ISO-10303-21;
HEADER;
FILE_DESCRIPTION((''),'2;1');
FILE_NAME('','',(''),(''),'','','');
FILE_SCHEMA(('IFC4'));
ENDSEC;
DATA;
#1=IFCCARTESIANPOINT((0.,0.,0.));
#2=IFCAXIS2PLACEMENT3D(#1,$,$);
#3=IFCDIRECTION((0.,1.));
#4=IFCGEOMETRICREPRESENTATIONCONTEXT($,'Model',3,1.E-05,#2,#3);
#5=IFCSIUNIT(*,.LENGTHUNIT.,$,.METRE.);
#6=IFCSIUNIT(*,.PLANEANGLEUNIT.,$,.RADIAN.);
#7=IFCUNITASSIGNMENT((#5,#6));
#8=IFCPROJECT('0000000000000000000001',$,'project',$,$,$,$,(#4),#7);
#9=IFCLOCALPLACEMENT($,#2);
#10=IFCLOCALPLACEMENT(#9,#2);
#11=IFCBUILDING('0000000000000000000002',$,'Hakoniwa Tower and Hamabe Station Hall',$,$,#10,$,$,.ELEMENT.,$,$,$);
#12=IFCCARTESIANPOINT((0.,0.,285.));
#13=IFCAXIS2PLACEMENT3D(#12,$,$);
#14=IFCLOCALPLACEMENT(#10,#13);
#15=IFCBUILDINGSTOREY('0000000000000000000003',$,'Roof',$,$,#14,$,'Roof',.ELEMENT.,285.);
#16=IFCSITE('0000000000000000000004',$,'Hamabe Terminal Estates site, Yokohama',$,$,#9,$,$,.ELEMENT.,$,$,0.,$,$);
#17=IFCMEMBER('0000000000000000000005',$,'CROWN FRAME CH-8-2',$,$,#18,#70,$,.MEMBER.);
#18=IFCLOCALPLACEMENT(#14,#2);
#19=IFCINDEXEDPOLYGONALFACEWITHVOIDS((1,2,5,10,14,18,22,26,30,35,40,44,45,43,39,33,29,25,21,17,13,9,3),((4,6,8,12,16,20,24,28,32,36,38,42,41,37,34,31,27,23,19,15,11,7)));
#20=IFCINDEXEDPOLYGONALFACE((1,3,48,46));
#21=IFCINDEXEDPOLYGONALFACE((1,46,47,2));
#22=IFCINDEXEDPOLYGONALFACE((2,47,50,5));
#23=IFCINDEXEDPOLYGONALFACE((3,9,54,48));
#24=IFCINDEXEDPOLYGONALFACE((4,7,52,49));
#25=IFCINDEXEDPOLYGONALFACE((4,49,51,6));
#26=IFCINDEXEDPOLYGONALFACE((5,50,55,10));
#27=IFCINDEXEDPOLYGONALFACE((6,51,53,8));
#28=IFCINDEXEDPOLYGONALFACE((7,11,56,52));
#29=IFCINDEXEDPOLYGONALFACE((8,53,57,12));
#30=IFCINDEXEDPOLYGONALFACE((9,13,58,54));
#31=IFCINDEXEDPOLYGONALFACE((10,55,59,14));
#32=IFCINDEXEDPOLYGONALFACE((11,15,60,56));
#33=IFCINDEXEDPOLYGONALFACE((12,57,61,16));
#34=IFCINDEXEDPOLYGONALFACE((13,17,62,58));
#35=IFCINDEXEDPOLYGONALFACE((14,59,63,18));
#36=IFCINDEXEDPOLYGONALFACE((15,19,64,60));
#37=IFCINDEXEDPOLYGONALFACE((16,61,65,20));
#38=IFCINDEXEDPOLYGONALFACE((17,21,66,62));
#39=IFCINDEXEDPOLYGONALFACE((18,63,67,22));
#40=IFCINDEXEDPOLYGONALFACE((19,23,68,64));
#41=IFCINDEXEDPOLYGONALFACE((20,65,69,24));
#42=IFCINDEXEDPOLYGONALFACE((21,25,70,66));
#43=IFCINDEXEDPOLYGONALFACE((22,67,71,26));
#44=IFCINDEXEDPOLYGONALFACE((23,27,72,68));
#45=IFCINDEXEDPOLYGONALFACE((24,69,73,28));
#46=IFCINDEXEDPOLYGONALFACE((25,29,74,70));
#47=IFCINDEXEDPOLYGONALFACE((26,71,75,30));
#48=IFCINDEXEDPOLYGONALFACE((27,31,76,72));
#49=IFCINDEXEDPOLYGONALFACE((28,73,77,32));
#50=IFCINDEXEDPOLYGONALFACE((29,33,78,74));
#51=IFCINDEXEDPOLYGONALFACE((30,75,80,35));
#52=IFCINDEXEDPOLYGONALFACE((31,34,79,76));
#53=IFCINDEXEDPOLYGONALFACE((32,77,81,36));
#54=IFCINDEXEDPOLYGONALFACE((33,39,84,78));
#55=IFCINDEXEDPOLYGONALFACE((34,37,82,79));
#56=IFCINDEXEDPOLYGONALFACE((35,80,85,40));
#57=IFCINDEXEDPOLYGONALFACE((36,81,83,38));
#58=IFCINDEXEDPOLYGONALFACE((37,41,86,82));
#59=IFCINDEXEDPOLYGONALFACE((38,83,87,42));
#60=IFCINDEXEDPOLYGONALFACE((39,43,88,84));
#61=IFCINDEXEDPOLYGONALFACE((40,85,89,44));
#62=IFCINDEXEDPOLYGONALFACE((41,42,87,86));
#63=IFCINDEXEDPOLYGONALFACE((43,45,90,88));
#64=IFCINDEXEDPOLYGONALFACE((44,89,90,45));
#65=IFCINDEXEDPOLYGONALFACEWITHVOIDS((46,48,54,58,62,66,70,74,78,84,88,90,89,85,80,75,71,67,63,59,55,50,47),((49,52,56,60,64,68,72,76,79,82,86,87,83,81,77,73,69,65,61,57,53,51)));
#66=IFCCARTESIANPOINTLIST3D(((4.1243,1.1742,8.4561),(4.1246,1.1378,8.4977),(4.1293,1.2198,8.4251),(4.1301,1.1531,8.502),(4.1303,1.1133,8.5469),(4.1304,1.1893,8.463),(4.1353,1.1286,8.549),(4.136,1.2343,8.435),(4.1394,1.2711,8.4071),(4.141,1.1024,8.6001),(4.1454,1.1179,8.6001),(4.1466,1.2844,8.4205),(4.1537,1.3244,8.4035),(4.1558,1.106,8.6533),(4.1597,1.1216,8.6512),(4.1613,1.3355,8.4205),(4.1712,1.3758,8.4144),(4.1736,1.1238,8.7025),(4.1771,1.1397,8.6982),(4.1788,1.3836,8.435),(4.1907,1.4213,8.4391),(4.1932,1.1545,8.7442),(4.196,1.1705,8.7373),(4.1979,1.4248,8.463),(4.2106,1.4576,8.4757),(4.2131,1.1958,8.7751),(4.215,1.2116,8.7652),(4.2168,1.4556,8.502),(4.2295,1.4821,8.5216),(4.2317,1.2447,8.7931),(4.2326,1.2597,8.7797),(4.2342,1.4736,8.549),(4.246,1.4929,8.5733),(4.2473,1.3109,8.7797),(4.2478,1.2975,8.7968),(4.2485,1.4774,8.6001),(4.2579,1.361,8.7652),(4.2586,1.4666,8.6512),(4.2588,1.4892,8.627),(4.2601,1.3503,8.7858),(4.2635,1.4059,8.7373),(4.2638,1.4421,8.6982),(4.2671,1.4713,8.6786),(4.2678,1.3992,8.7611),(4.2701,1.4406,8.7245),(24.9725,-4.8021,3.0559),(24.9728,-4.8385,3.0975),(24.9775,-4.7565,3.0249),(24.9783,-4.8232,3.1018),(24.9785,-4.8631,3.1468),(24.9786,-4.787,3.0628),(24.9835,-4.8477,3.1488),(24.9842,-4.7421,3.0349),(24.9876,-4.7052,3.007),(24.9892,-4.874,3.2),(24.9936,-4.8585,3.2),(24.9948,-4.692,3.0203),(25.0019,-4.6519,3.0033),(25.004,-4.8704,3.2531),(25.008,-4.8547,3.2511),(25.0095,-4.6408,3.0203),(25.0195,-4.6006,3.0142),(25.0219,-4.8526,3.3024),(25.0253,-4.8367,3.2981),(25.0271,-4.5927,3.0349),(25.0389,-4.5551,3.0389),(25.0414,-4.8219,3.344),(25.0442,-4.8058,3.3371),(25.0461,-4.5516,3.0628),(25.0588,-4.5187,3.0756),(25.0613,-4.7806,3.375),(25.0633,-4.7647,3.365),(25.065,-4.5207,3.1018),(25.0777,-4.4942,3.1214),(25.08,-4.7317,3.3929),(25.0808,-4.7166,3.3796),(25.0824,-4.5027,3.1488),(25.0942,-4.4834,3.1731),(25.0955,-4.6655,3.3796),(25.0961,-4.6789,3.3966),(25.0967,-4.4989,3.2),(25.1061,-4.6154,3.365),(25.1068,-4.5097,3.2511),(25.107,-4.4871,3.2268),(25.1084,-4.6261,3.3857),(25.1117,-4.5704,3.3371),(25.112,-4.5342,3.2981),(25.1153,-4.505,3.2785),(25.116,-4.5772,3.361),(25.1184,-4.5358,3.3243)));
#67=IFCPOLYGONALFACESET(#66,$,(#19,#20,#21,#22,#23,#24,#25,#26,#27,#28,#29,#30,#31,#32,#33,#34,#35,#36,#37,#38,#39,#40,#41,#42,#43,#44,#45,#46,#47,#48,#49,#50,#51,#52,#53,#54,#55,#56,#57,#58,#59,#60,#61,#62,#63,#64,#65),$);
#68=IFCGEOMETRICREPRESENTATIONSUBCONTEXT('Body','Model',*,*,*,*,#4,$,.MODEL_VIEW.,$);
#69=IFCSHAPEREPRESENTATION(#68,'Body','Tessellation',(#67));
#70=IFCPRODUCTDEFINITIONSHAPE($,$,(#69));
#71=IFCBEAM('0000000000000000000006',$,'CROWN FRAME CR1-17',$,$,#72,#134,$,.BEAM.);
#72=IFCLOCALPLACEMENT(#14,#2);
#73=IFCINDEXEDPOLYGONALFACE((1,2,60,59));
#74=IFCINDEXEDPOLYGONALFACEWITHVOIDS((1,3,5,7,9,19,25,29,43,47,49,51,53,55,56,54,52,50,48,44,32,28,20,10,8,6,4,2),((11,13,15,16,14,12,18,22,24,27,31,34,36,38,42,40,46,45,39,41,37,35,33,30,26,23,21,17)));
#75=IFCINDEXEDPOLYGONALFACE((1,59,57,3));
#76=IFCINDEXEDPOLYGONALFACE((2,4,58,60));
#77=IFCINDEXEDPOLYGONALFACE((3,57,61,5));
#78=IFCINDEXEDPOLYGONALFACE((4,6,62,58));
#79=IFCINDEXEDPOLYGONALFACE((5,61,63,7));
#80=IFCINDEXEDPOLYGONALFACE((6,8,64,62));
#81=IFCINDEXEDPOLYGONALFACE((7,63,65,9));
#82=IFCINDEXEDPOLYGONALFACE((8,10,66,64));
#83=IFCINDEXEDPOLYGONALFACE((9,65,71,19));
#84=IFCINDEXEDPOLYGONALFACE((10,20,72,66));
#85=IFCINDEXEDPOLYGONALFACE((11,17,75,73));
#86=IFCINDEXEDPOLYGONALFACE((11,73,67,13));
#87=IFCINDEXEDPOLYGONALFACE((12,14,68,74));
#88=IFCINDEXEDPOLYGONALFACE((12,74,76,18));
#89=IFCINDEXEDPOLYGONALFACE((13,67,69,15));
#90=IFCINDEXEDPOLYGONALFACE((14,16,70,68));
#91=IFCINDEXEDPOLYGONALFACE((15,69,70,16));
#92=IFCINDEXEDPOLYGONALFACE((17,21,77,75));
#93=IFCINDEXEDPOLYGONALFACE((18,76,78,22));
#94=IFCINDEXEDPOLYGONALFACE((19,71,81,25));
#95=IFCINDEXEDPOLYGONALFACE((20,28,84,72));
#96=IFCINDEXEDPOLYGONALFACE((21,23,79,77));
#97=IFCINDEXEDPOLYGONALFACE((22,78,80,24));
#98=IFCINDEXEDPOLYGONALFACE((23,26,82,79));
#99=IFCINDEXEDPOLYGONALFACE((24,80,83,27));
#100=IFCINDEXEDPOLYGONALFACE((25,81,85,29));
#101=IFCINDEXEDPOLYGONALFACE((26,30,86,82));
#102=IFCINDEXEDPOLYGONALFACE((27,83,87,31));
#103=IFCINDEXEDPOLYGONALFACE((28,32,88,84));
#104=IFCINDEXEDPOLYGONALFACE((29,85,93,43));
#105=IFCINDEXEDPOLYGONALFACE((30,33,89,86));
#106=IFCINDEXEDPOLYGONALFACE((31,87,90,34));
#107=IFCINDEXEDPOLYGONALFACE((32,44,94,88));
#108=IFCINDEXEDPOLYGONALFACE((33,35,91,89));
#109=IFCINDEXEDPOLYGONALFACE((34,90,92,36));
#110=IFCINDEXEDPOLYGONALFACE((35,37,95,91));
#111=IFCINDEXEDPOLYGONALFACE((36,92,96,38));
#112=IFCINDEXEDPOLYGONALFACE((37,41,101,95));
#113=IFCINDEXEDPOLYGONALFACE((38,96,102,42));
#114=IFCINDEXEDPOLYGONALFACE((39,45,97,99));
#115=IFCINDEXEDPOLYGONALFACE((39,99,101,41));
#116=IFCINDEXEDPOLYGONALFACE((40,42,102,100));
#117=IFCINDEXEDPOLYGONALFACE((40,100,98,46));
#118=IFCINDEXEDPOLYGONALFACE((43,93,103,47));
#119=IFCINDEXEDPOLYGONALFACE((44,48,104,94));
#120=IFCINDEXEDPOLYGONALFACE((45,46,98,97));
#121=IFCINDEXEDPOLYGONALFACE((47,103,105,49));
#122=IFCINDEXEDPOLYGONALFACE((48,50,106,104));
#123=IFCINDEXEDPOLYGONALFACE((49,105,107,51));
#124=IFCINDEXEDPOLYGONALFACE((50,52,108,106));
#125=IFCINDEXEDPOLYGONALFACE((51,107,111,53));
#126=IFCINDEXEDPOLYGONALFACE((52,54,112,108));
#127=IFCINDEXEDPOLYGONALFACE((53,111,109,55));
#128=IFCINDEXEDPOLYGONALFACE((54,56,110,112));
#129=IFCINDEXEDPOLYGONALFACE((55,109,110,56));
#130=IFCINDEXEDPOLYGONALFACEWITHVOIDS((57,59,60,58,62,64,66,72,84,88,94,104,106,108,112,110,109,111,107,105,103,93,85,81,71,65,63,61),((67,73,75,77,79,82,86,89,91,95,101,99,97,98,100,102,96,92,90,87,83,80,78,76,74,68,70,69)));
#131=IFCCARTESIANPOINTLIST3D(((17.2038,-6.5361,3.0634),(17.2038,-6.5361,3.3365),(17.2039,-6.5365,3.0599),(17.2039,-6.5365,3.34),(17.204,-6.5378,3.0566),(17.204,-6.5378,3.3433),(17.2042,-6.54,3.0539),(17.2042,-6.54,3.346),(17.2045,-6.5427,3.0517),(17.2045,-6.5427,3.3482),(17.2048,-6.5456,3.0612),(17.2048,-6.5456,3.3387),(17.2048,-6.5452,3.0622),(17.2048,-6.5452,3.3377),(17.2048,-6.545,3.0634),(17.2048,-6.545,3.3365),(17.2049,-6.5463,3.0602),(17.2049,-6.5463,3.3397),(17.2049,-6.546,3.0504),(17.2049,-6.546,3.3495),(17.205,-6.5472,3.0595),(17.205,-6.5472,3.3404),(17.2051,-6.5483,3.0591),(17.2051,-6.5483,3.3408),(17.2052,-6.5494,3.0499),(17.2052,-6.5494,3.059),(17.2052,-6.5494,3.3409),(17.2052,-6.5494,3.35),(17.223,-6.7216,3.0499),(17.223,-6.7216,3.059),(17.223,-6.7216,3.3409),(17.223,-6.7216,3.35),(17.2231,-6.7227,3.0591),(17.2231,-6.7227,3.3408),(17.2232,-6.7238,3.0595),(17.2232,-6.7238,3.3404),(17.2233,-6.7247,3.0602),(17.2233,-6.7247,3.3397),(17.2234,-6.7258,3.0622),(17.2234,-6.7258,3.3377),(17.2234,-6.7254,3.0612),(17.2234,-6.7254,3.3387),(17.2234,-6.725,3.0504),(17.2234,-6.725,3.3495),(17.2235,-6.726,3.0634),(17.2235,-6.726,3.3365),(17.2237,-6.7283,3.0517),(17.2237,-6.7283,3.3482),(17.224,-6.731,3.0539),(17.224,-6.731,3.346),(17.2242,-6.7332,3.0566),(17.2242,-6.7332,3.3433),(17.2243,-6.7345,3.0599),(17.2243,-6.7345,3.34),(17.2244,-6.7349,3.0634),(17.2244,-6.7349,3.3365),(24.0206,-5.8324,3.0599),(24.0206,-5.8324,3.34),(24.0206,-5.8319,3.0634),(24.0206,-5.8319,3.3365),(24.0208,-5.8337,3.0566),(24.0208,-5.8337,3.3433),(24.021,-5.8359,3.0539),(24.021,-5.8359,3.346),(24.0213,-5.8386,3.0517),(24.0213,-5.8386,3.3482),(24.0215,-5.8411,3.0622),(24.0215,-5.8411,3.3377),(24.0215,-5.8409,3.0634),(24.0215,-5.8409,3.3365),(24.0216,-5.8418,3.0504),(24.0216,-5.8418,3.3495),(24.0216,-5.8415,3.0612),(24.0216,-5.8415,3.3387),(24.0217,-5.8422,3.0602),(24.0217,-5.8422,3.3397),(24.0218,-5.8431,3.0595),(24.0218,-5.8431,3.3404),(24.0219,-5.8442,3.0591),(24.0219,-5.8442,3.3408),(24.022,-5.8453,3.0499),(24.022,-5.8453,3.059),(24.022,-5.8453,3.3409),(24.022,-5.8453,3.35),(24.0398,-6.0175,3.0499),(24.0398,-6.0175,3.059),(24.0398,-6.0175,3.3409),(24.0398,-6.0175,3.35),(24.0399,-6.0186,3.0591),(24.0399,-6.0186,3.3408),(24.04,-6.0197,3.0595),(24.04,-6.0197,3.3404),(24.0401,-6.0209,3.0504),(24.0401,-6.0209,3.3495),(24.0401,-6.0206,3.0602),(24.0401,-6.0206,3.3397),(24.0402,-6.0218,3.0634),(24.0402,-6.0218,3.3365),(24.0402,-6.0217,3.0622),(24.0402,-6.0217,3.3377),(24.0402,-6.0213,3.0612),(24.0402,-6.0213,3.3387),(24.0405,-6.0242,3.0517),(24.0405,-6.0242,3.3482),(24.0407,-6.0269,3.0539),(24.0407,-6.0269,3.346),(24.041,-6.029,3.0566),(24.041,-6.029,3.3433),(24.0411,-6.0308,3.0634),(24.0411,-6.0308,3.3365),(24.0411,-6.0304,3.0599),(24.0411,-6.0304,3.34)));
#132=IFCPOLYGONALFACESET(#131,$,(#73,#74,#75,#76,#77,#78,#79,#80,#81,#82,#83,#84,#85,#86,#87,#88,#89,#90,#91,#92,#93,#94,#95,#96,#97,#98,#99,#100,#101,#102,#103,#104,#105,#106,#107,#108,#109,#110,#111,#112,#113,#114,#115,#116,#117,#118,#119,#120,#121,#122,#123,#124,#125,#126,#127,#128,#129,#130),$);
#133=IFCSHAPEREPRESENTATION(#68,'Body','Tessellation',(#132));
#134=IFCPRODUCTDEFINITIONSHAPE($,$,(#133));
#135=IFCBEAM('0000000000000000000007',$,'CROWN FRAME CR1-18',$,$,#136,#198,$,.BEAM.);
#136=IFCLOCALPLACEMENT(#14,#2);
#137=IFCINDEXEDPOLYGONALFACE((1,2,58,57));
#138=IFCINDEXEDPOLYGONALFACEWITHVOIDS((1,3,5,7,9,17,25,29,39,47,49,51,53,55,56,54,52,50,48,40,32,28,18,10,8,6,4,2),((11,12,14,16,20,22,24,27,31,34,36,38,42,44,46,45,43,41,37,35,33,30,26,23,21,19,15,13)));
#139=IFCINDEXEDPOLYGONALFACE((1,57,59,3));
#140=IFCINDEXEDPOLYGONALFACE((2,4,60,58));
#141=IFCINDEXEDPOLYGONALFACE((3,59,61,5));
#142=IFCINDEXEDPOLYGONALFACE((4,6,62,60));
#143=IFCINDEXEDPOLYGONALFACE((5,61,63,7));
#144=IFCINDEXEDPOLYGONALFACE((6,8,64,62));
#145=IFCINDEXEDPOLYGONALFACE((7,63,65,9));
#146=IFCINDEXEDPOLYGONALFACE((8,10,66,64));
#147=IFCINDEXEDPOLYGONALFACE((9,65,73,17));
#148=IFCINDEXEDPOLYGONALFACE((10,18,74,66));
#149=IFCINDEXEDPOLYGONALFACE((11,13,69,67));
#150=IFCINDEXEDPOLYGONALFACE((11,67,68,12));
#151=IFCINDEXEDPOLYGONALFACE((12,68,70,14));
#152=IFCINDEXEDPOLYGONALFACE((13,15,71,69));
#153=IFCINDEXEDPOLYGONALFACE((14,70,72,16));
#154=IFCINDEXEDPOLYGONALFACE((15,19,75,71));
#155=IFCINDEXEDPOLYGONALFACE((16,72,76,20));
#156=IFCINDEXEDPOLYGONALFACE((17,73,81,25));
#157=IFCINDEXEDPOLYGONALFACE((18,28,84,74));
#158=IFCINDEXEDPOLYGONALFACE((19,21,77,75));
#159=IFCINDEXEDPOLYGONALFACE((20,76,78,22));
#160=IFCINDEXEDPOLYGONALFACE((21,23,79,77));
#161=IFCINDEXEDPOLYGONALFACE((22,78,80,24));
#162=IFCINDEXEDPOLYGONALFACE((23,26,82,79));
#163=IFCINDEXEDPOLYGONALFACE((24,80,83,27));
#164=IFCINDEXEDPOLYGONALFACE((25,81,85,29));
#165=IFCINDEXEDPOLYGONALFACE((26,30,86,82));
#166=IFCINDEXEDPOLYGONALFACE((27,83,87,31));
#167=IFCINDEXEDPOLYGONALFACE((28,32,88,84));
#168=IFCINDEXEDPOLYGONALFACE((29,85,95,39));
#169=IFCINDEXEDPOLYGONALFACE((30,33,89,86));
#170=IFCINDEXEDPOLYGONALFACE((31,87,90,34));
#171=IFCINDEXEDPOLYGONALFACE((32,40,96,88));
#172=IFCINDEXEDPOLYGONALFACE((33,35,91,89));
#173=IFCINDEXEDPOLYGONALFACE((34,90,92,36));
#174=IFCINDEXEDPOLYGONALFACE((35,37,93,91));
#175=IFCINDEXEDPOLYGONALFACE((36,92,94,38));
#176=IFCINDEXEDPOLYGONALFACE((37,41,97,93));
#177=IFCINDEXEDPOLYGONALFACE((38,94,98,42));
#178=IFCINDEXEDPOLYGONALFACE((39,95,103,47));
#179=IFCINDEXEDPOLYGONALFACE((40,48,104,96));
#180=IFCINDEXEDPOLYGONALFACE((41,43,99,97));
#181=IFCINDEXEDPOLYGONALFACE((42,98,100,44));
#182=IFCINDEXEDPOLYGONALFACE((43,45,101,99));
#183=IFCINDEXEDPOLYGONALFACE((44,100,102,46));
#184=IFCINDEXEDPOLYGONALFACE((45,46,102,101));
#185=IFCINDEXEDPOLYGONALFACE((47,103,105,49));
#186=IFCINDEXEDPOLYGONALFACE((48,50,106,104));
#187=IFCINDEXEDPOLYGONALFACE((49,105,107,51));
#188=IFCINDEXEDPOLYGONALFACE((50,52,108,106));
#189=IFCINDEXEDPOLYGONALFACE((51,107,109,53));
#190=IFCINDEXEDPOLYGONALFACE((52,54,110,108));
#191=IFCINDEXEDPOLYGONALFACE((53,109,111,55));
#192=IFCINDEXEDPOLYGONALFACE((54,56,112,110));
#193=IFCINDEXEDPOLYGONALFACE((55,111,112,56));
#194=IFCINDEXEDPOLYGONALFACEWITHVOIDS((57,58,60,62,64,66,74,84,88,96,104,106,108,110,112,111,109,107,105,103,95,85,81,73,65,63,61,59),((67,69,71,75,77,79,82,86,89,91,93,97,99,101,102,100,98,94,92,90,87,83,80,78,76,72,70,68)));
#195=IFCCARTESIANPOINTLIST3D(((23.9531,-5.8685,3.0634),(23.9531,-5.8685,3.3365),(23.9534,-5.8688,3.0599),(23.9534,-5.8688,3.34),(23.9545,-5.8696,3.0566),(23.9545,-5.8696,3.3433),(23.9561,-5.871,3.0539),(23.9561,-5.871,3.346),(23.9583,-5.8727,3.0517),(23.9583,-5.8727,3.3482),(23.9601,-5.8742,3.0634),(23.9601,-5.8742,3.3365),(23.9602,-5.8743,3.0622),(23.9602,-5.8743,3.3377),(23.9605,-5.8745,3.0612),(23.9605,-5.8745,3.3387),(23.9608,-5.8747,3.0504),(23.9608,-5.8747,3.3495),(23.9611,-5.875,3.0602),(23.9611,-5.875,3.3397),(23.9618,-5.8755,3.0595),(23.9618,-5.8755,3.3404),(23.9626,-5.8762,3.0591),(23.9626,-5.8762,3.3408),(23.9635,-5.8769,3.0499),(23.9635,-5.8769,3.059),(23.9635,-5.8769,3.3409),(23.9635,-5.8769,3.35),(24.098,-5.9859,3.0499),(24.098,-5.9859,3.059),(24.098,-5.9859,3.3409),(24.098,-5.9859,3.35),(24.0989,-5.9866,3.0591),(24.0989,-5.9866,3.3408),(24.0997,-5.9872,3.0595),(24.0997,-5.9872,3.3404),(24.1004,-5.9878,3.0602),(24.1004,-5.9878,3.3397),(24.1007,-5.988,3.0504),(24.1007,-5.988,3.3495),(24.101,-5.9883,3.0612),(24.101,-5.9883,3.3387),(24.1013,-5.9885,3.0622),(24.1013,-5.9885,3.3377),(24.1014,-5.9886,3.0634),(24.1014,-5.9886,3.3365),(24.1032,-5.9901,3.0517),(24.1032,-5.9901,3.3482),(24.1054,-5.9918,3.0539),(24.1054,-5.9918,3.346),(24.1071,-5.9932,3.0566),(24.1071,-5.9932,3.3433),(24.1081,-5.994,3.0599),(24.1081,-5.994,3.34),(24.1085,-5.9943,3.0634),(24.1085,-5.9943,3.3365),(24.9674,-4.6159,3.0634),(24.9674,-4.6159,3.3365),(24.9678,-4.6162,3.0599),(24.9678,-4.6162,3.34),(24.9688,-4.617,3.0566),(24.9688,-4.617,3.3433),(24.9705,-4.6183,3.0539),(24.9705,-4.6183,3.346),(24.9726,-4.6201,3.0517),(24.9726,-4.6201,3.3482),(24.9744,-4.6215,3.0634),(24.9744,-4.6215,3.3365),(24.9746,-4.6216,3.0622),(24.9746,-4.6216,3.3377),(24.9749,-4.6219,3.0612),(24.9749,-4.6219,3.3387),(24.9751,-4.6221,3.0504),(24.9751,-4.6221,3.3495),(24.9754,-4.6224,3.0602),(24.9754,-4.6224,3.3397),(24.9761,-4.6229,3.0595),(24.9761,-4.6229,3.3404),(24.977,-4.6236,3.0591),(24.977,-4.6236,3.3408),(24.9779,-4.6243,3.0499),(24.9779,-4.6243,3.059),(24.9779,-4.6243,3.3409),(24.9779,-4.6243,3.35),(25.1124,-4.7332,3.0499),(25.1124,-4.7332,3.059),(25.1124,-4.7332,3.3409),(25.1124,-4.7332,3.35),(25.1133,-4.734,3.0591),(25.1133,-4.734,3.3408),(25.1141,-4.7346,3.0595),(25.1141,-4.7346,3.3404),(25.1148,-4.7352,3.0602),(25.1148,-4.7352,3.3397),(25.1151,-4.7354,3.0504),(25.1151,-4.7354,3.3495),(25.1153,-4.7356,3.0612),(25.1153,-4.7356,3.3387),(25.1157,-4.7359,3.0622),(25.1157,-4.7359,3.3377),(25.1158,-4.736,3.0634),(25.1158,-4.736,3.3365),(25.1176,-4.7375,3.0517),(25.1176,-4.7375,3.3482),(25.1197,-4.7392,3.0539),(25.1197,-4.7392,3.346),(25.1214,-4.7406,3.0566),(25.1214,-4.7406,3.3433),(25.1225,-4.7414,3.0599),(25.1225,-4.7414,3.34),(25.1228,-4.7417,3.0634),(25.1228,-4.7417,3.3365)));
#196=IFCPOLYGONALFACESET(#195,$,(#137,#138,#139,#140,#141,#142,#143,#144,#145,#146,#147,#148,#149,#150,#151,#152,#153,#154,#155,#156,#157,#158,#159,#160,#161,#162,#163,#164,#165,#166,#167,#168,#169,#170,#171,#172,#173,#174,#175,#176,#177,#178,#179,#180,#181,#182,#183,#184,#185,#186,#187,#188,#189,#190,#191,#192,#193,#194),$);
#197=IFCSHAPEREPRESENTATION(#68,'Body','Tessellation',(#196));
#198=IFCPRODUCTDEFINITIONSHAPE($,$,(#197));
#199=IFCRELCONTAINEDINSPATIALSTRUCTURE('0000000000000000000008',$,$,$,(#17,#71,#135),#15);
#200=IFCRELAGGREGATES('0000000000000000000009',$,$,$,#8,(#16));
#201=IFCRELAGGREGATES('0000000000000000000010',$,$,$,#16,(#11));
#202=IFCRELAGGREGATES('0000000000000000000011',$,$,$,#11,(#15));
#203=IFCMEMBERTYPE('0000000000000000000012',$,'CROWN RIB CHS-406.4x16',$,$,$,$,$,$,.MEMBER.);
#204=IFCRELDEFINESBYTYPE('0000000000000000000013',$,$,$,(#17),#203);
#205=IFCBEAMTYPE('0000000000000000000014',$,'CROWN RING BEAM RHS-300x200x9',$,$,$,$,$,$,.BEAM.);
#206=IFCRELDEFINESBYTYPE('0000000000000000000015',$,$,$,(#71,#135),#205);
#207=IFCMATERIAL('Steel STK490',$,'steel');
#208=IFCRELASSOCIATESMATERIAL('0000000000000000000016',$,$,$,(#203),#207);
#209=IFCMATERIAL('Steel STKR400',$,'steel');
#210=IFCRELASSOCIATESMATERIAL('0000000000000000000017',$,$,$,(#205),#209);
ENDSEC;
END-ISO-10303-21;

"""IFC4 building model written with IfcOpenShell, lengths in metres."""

from ifc_helpers import new_model, si_unit, direction, frame, origin, origin_2d, place, context, subcontext, project, spatial, hollow_rectangle, hollow_circle, extrude, material, material_profile, profile_set, type_object, element, save


model = new_model("IFC4")

# Units and contexts
model_context = context("Model", 3, precision=1e-05, world=origin(), true_north=direction((0.0, 1.0)))
body_context = subcontext(model_context, "Body", "Model", "MODEL_VIEW")
ifc_project = project(units=[si_unit("LENGTHUNIT", "METRE"), si_unit("PLANEANGLEUNIT", "RADIAN")], contexts=[model_context])

# Site, building, storey
site_placement = place(None, origin())
site = spatial("IfcSite", under=ifc_project, at=site_placement, Name="Hamabe Terminal Estates site, Yokohama", CompositionType="ELEMENT", RefElevation=0.0)
building_placement = place(site_placement, origin())
building = spatial("IfcBuilding", under=site, at=building_placement, Name="Hakoniwa Tower and Hamabe Station Hall", CompositionType="ELEMENT")
storey_placement = place(building_placement, frame((0.0, 0.0, 285.0)))
storey = spatial("IfcBuildingStorey", under=building, at=storey_placement, Name="Roof", LongName="Roof", CompositionType="ELEMENT", Elevation=285.0)

# Member
ifc_material_1 = material(Name="Steel STK490", Category="steel")
ifc_material_profile_1 = material_profile(ifc_material_1, hollow_circle(Radius=0.2031, WallThickness=0.0161, at=origin_2d()), Name="CHS-406.4x16")
ifc_profile_set_1 = profile_set([ifc_material_profile_1], Name="Steel STK490")
member_type_1 = type_object("IfcMemberType", Name="CROWN RIB CHS-406.4x16", PredefinedType="MEMBER", material=ifc_profile_set_1)
member_1_placement = place(storey_placement, frame((25.0452, -4.6787, 3.2), z_axis=(-0.932802, 0.267397, 0.241617), x_axis=(-0.275561, -0.961284, 0.0)))
element("IfcMember", 1, at=member_1_placement, inside=storey, type_object=member_type_1, Name="CROWN FRAME CH-8-2", PredefinedType="MEMBER", context=body_context, shape_type="SweptSolid", body=[
    extrude(hollow_circle(Radius=0.2031, WallThickness=0.0161, at=origin_2d()), origin(), (0.0, 0.0, 1.0), 22.3501),
])

# Beams
ifc_material_2 = material(Name="Steel STKR400", Category="steel")
ifc_material_profile_2 = material_profile(ifc_material_2, hollow_rectangle(XDim=0.2, YDim=0.3, WallThickness=0.009, InnerFilletRadius=0.0044, OuterFilletRadius=0.0134, at=origin_2d()), Name="RHS-300x200x9")
ifc_profile_set_2 = profile_set([ifc_material_profile_2], Name="Steel STKR400")
beam_type = type_object("IfcBeamType", Name="CROWN RING BEAM RHS-300x200x9", PredefinedType="BEAM", material=ifc_profile_set_2)
beam_1_placement = place(storey_placement, frame((17.2141, -6.6355, 3.2), z_axis=(0.994708, 0.102745, 0.0), x_axis=(-0.102745, 0.994708, 0.0)))
element("IfcBeam", 2, at=beam_1_placement, inside=storey, type_object=beam_type, Name="CROWN FRAME CR1-17", PredefinedType="BEAM", context=body_context, shape_type="SweptSolid", body=[
    extrude(hollow_rectangle(XDim=0.2, YDim=0.3, WallThickness=0.009, InnerFilletRadius=0.0044, OuterFilletRadius=0.0134, at=origin_2d()), origin(), (0.0, 0.0, 1.0), 6.853),
])
beam_2_placement = place(storey_placement, frame((24.0308, -5.9314, 3.2), z_axis=(0.62932, 0.777146, 0.0), x_axis=(-0.777146, 0.62932, 0.0)))
element("IfcBeam", 3, at=beam_2_placement, inside=storey, type_object=beam_type, Name="CROWN FRAME CR1-18", PredefinedType="BEAM", context=body_context, shape_type="SweptSolid", body=[
    extrude(hollow_rectangle(XDim=0.2, YDim=0.3, WallThickness=0.009, InnerFilletRadius=0.0044, OuterFilletRadius=0.0134, at=origin_2d()), origin(), (0.0, 0.0, 1.0), 1.6118),
])

save(model, "model.ifc")
